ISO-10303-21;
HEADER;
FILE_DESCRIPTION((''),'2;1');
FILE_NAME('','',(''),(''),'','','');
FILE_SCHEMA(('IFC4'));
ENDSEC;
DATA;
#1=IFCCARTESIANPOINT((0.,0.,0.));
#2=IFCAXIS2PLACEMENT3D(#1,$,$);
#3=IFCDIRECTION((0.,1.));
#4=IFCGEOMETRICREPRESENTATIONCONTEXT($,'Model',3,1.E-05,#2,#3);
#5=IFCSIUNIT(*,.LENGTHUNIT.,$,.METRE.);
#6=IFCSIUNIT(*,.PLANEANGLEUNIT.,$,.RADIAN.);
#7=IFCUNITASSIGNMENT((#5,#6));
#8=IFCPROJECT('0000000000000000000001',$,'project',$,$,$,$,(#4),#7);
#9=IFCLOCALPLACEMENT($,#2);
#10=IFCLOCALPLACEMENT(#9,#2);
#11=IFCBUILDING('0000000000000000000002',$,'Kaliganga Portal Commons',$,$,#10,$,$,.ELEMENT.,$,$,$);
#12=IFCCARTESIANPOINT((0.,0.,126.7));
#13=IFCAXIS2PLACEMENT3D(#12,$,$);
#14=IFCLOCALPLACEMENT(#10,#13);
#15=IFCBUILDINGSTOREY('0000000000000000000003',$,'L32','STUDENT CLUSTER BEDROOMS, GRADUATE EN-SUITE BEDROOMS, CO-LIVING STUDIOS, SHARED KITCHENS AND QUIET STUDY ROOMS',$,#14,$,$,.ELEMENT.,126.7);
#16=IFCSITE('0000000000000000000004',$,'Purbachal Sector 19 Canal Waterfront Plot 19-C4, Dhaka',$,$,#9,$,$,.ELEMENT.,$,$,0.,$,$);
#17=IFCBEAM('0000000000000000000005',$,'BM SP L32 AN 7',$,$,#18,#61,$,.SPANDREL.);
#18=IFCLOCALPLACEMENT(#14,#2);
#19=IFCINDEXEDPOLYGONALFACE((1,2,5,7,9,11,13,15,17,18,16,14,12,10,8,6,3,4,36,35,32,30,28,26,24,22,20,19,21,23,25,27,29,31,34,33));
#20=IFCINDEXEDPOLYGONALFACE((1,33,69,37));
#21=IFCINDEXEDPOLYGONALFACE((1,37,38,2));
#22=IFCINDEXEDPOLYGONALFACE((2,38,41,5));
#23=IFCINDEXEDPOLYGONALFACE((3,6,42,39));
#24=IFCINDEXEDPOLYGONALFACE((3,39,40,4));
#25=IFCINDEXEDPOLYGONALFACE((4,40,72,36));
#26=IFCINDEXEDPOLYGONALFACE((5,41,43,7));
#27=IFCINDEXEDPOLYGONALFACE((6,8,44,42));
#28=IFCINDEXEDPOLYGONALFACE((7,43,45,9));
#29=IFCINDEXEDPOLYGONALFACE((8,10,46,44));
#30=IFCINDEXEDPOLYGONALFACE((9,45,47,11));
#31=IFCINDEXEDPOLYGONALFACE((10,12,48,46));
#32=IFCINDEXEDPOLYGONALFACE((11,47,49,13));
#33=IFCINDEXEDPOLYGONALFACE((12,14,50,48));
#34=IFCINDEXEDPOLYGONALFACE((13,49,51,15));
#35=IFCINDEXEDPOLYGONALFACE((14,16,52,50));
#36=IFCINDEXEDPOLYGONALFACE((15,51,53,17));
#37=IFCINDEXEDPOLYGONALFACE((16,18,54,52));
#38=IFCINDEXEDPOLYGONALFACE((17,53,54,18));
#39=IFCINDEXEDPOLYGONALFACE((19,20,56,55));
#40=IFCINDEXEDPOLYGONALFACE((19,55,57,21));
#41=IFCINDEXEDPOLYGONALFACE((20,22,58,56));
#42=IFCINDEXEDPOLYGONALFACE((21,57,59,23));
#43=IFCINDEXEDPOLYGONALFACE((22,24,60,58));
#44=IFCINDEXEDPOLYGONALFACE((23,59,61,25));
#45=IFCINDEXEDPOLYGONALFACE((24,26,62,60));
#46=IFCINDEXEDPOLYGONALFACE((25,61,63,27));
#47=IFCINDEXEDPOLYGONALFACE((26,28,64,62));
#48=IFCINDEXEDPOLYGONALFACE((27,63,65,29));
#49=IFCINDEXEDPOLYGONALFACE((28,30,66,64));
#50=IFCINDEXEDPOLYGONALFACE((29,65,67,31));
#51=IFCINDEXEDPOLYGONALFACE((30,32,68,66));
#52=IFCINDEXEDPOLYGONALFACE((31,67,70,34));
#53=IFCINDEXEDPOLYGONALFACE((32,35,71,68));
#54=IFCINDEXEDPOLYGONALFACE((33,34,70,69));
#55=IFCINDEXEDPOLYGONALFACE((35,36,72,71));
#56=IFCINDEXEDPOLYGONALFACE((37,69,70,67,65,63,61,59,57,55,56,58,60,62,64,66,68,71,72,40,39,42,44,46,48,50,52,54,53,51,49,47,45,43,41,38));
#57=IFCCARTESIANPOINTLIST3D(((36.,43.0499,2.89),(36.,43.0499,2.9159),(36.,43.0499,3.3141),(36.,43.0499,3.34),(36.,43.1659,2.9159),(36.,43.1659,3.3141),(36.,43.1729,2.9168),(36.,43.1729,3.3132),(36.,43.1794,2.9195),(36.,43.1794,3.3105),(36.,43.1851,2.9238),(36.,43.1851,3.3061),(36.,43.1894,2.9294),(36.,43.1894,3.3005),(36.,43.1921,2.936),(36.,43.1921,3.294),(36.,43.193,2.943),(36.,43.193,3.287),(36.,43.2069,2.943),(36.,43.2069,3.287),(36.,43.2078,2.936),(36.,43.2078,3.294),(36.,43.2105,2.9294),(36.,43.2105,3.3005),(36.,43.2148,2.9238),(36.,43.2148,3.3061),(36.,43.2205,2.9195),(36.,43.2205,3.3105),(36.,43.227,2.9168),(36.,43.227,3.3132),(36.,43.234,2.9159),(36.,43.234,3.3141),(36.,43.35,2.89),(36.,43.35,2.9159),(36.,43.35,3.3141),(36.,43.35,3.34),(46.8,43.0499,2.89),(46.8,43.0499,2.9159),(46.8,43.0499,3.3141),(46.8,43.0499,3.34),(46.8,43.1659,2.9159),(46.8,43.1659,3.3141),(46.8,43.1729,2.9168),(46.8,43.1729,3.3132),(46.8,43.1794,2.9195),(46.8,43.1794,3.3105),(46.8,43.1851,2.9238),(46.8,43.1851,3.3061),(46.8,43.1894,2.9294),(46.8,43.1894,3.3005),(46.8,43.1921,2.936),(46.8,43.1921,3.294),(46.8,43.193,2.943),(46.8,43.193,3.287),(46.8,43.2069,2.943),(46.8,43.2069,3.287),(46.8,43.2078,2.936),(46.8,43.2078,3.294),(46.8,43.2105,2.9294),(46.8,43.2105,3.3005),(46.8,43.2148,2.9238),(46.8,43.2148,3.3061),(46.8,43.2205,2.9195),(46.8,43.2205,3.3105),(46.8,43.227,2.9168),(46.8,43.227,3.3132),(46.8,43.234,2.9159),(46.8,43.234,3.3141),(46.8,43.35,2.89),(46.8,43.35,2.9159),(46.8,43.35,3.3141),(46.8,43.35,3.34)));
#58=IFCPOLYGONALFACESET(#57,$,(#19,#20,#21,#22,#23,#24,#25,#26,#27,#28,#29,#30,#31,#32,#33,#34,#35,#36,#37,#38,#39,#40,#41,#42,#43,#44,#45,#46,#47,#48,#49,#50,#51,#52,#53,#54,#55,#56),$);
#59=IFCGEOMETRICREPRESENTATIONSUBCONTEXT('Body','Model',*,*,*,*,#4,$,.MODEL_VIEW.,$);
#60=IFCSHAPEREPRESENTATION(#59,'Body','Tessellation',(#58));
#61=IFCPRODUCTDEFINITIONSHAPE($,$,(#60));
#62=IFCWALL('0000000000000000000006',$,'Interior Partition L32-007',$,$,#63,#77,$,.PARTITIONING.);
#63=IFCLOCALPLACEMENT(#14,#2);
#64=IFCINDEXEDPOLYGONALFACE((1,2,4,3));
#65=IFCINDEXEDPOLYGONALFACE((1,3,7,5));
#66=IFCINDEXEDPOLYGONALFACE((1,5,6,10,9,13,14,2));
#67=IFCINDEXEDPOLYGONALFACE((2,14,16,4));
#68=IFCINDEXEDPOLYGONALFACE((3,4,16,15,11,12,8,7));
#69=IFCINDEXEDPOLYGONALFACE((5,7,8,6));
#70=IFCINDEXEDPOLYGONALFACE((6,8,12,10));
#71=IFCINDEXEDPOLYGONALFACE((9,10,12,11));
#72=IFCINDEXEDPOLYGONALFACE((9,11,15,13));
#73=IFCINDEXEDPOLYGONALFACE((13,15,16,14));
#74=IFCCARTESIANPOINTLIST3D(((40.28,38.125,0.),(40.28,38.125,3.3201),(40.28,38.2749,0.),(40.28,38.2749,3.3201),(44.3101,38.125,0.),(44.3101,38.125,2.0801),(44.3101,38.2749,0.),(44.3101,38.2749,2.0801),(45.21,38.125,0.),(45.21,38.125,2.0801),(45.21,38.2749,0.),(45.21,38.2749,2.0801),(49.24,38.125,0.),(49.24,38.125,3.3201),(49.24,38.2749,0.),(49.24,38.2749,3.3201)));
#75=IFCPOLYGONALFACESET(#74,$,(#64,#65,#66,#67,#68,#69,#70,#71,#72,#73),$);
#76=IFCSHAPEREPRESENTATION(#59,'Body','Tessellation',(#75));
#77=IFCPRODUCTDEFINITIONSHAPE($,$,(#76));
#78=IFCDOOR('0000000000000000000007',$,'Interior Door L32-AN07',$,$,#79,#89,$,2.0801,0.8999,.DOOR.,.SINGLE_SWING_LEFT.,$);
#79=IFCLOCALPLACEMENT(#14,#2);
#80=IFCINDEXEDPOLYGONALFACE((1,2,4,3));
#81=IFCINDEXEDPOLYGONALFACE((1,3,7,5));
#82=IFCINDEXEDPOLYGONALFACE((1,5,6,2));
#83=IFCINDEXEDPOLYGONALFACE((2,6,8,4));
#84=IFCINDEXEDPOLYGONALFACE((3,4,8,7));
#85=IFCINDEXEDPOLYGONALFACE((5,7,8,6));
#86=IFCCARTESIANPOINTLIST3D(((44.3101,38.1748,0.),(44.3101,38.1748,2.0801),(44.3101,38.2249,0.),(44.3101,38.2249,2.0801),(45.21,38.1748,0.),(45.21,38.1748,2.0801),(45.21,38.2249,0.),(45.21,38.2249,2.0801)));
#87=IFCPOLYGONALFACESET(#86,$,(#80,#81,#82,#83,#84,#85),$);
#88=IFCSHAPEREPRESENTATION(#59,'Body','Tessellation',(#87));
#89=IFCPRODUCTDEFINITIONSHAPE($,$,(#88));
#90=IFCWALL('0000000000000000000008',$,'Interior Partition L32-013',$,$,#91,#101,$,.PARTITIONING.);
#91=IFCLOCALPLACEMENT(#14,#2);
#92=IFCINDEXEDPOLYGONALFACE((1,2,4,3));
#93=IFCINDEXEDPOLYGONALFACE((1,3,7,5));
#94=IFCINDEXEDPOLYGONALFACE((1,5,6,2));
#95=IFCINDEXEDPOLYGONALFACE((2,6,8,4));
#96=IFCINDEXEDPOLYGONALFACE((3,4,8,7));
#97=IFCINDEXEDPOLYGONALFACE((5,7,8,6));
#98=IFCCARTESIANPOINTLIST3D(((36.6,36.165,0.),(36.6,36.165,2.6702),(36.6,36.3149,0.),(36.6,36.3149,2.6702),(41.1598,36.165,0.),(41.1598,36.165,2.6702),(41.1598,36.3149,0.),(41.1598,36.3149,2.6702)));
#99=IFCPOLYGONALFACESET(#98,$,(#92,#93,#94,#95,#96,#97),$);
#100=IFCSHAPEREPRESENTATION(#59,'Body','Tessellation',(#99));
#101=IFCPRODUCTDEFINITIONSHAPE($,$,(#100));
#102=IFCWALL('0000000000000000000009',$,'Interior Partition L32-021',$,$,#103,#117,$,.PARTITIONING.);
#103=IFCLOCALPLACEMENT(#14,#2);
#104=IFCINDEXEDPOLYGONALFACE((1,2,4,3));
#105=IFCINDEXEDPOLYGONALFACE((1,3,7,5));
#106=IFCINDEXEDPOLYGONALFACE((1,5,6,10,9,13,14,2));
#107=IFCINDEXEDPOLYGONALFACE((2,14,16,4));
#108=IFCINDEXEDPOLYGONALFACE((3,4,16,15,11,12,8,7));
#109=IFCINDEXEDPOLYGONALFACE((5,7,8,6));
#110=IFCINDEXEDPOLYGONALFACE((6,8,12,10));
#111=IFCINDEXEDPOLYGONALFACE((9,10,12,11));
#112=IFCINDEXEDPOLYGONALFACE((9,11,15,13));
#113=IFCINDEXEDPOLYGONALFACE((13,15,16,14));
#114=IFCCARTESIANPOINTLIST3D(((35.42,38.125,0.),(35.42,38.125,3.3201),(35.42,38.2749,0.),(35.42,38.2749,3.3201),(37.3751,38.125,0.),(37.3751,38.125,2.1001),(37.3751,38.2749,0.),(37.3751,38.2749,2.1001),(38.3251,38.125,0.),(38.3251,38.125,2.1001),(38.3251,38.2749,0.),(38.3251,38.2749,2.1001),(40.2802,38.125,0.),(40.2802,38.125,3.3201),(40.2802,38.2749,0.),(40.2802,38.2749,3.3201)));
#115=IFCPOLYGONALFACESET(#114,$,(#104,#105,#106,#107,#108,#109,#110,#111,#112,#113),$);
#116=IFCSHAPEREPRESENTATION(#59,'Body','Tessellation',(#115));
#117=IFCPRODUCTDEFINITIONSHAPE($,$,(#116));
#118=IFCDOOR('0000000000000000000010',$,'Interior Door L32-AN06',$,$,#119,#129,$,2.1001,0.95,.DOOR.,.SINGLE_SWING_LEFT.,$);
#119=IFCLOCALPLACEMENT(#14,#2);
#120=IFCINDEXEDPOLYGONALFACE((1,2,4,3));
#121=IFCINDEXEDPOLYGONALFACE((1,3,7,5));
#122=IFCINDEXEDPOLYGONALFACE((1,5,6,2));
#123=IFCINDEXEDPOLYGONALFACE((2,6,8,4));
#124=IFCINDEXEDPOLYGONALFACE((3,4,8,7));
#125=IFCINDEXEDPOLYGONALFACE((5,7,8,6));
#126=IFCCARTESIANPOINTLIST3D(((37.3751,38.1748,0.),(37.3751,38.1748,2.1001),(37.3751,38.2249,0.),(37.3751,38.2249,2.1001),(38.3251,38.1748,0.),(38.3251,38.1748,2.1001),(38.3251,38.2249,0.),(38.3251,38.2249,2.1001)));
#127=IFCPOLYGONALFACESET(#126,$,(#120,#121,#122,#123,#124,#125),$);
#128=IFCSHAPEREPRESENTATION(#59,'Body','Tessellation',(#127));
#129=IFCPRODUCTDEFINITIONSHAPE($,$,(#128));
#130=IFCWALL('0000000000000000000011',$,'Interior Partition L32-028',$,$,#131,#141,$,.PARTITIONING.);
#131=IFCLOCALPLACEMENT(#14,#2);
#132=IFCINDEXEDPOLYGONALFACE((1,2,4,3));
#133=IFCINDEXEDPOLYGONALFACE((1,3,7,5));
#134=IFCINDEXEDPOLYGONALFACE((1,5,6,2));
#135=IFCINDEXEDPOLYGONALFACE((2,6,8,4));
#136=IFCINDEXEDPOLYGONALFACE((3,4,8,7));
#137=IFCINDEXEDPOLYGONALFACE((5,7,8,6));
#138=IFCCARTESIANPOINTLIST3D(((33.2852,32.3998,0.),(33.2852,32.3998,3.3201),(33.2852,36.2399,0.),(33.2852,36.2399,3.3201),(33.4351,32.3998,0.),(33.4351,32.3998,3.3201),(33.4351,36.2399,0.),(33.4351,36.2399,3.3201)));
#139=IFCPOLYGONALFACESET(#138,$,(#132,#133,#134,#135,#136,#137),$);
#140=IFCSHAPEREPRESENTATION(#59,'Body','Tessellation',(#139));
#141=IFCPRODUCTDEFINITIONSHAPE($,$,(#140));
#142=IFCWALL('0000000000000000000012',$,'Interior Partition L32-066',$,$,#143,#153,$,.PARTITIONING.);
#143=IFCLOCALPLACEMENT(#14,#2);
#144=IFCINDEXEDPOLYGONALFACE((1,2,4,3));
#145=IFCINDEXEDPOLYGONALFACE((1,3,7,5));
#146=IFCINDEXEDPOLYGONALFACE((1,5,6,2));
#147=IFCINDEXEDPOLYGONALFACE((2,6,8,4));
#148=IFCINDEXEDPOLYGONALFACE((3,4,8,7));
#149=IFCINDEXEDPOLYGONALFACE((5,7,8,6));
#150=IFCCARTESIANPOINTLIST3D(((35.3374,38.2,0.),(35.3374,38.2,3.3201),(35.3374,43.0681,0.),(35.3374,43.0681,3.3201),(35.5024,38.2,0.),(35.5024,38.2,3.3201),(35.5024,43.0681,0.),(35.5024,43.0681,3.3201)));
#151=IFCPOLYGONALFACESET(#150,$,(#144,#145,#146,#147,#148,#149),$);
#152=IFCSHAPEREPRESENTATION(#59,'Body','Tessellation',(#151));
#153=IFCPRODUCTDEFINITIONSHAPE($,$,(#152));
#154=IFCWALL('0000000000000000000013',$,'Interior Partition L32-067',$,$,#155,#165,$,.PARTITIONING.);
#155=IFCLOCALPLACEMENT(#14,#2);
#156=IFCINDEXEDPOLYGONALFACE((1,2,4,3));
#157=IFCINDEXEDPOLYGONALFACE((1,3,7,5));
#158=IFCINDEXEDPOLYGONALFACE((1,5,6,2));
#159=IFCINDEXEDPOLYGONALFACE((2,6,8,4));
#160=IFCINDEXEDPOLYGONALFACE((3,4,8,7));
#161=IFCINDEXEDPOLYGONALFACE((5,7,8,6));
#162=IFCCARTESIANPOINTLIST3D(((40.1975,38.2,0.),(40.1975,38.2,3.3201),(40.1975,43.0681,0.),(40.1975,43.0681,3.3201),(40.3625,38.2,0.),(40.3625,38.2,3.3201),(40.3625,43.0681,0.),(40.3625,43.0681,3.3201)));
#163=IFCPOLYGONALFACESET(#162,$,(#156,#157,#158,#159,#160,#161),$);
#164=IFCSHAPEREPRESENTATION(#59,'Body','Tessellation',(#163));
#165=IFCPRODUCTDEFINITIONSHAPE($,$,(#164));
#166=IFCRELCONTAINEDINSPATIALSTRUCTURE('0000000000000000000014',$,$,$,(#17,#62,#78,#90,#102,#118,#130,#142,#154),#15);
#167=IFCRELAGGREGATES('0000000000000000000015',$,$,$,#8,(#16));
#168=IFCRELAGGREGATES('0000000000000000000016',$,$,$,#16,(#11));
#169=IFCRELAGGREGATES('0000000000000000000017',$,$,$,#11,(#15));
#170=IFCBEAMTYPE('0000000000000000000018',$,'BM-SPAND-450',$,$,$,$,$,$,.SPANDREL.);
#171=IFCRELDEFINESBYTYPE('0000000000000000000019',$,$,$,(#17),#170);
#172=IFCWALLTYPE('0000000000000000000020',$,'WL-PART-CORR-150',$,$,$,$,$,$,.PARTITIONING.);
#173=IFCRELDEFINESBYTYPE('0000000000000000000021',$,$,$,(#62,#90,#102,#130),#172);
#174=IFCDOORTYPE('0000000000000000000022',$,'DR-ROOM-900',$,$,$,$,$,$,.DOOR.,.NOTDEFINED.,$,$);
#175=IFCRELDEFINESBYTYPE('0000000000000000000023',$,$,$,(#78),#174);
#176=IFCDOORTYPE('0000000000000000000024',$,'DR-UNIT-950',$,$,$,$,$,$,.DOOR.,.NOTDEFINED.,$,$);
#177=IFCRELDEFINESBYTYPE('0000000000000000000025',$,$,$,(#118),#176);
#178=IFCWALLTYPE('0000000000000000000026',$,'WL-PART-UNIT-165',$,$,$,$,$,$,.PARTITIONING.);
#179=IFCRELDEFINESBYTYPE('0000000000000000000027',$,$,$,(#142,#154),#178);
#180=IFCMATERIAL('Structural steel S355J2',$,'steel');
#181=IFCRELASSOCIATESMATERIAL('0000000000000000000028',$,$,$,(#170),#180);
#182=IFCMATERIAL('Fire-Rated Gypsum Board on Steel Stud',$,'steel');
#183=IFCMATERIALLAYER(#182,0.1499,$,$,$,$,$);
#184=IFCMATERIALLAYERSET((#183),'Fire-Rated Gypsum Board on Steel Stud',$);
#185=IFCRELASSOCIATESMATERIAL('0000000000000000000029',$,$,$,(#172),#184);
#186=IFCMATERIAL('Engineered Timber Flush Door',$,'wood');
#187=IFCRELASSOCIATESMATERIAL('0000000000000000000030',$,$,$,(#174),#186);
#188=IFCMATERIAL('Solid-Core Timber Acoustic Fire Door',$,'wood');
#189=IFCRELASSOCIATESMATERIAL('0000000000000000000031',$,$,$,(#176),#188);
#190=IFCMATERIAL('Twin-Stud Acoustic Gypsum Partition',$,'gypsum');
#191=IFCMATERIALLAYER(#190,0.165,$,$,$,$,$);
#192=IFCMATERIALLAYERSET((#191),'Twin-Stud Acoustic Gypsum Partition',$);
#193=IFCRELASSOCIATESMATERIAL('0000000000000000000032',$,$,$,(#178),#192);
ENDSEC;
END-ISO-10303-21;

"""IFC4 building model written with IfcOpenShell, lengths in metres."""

from ifc_helpers import new_model, si_unit, direction, frame, frame_2d, origin, origin_2d, place, context, subcontext, project, spatial, rectangle, i_section, extrude, source, transform, mapped, material, layer, layer_set, material_profile, profile_set, type_object, element, fill, save


model = new_model("IFC4")

# Units and contexts
model_context = context("Model", 3, precision=1e-05, world=origin(), true_north=direction((0.0, 1.0)))
body_context = subcontext(model_context, "Body", "Model", "MODEL_VIEW")
ifc_project = project(units=[si_unit("LENGTHUNIT", "METRE"), si_unit("PLANEANGLEUNIT", "RADIAN")], contexts=[model_context])

# Site, building, storey
site_placement = place(None, origin())
site = spatial("IfcSite", under=ifc_project, at=site_placement, Name="Purbachal Sector 19 Canal Waterfront Plot 19-C4, Dhaka", CompositionType="ELEMENT", RefElevation=0.0)
building_placement = place(site_placement, origin())
building = spatial("IfcBuilding", under=site, at=building_placement, Name="Kaliganga Portal Commons", CompositionType="ELEMENT")
storey_placement = place(building_placement, frame((0.0, 0.0, 126.7)))
storey = spatial("IfcBuildingStorey", under=building, at=storey_placement, Name="L32", Description="STUDENT CLUSTER BEDROOMS, GRADUATE EN-SUITE BEDROOMS, CO-LIVING STUDIOS, SHARED KITCHENS AND QUIET STUDY ROOMS", CompositionType="ELEMENT", Elevation=126.7)

# Beam
ifc_material_1 = material(Name="Structural steel S355J2", Category="steel")
ifc_material_profile_1 = material_profile(ifc_material_1, i_section(OverallWidth=0.3, OverallDepth=0.45, WebThickness=0.0139, FlangeThickness=0.0259, FilletRadius=0.0271, at=origin_2d()), Name="HE 450 B")
ifc_profile_set_1 = profile_set([ifc_material_profile_1], Name="Structural steel S355J2 wide-flange")
beam_type_1 = type_object("IfcBeamType", Name="BM-SPAND-450", PredefinedType="SPANDREL", material=ifc_profile_set_1)
shared_shape_1 = source(origin(), body_context, "Body", "SweptSolid", [
    extrude(i_section(OverallWidth=0.3, OverallDepth=0.45, WebThickness=0.0139, FlangeThickness=0.0259, FilletRadius=0.0271, at=origin_2d()), origin(), (0.0, 0.0, 1.0), 10.8),
])
beam_1_placement = place(storey_placement, frame((36.0, 43.2, 3.115), z_axis=(1.0, 0.0, 0.0), x_axis=(0.0, 1.0, 0.0)))
element("IfcBeam", 1, at=beam_1_placement, inside=storey, type_object=beam_type_1, Name="BM SP L32 AN 7", PredefinedType="SPANDREL", context=body_context, shape_type="MappedRepresentation", body=[
    mapped(shared_shape_1, transform((0.0, 0.0, 0.0), x_axis=(1.0, 0.0, 0.0), y_axis=(0.0, 1.0, 0.0), z_axis=(0.0, 0.0, 1.0), scale=1.0)),
])

# Wall, opening, door
ifc_material_2 = material(Name="Fire-Rated Gypsum Board on Steel Stud", Category="steel")
ifc_layer_1 = layer(ifc_material_2, 0.1499)
ifc_layer_set_1 = layer_set([ifc_layer_1], Name="Fire-Rated Gypsum Board on Steel Stud")
wall_type_1 = type_object("IfcWallType", Name="WL-PART-CORR-150", PredefinedType="PARTITIONING", material=ifc_layer_set_1)
wall_1_placement = place(storey_placement, frame((40.28, 38.2, 0.0), z_axis=(0.0, 0.0, 1.0), x_axis=(1.0, 0.0, 0.0)))
wall_1 = element("IfcWall", 2, at=wall_1_placement, inside=storey, type_object=wall_type_1, Name="Interior Partition L32-007", PredefinedType="PARTITIONING", context=body_context, shape_type="SweptSolid", body=[
    extrude(rectangle(XDim=8.96, YDim=0.1499, at=frame_2d((4.48, 0.0))), origin(), (0.0, 0.0, 1.0), 3.3201),
])
opening_1_placement = place(wall_1_placement, frame((4.03, 0.0, 0.0)))
opening_1 = element("IfcOpeningElement", 3, at=opening_1_placement, cuts=wall_1, PredefinedType="OPENING", context=body_context, shape_type="SweptSolid", body=[
    extrude(rectangle(XDim=0.8999, YDim=2.0801, at=frame_2d((0.45, 1.04))), frame((0.0, 0.085, 0.0), z_axis=(0.0, -1.0, 0.0), x_axis=(1.0, 0.0, 0.0)), (0.0, 0.0, 1.0), 0.1699),
])
ifc_material_3 = material(Name="Engineered Timber Flush Door", Category="wood")
door_type_1 = type_object("IfcDoorType", Name="DR-ROOM-900", OperationType="NOTDEFINED", PredefinedType="DOOR", material=ifc_material_3)
door_1_placement = place(opening_1_placement, origin())
door_1 = element("IfcDoor", 4, at=door_1_placement, inside=storey, type_object=door_type_1, Name="Interior Door L32-AN07", OperationType="SINGLE_SWING_LEFT", OverallHeight=2.0801, OverallWidth=0.8999, PredefinedType="DOOR", context=body_context, shape_type="SweptSolid", body=[
    extrude(rectangle(XDim=0.8999, YDim=2.0801, at=frame_2d((0.45, 1.04))), frame((0.0, 0.0249, 0.0), z_axis=(0.0, -1.0, 0.0), x_axis=(1.0, 0.0, 0.0)), (0.0, 0.0, 1.0), 0.05),
])
fill(opening_1, door_1)

# Wall
wall_2_placement = place(storey_placement, frame((36.6001, 36.24, 0.0), z_axis=(0.0, 0.0, 1.0), x_axis=(1.0, 0.0, 0.0)))
element("IfcWall", 5, at=wall_2_placement, inside=storey, type_object=wall_type_1, Name="Interior Partition L32-013", PredefinedType="PARTITIONING", context=body_context, shape_type="SweptSolid", body=[
    extrude(rectangle(XDim=4.5598, YDim=0.1499, at=frame_2d((2.2798, 0.0))), origin(), (0.0, 0.0, 1.0), 2.6702),
])

# Wall, opening, door
wall_3_placement = place(storey_placement, frame((35.4199, 38.2, 0.0), z_axis=(0.0, 0.0, 1.0), x_axis=(1.0, 0.0, 0.0)))
wall_3 = element("IfcWall", 6, at=wall_3_placement, inside=storey, type_object=wall_type_1, Name="Interior Partition L32-021", PredefinedType="PARTITIONING", context=body_context, shape_type="SweptSolid", body=[
    extrude(rectangle(XDim=4.8601, YDim=0.1499, at=frame_2d((2.4302, 0.0))), origin(), (0.0, 0.0, 1.0), 3.3201),
])
opening_2_placement = place(wall_3_placement, frame((1.9551, 0.0, 0.0)))
opening_2 = element("IfcOpeningElement", 7, at=opening_2_placement, cuts=wall_3, PredefinedType="OPENING", context=body_context, shape_type="SweptSolid", body=[
    extrude(rectangle(XDim=0.95, YDim=2.1001, at=frame_2d((0.4751, 1.05))), frame((0.0, 0.085, 0.0), z_axis=(0.0, -1.0, 0.0), x_axis=(1.0, 0.0, 0.0)), (0.0, 0.0, 1.0), 0.1699),
])
ifc_material_4 = material(Name="Solid-Core Timber Acoustic Fire Door", Category="wood")
door_type_2 = type_object("IfcDoorType", Name="DR-UNIT-950", OperationType="NOTDEFINED", PredefinedType="DOOR", material=ifc_material_4)
door_2_placement = place(opening_2_placement, origin())
door_2 = element("IfcDoor", 8, at=door_2_placement, inside=storey, type_object=door_type_2, Name="Interior Door L32-AN06", OperationType="SINGLE_SWING_LEFT", OverallHeight=2.1001, OverallWidth=0.95, PredefinedType="DOOR", context=body_context, shape_type="SweptSolid", body=[
    extrude(rectangle(XDim=0.95, YDim=2.1001, at=frame_2d((0.4751, 1.05))), frame((0.0, 0.0249, 0.0), z_axis=(0.0, -1.0, 0.0), x_axis=(1.0, 0.0, 0.0)), (0.0, 0.0, 1.0), 0.05),
])
fill(opening_2, door_2)

# Walls
wall_4_placement = place(storey_placement, frame((33.3601, 32.3999, 0.0), z_axis=(0.0, 0.0, 1.0), x_axis=(0.0, 1.0, 0.0)))
element("IfcWall", 9, at=wall_4_placement, inside=storey, type_object=wall_type_1, Name="Interior Partition L32-028", PredefinedType="PARTITIONING", context=body_context, shape_type="SweptSolid", body=[
    extrude(rectangle(XDim=3.8401, YDim=0.1499, at=frame_2d((1.9199, 0.0))), origin(), (0.0, 0.0, 1.0), 3.3201),
])
ifc_material_5 = material(Name="Twin-Stud Acoustic Gypsum Partition", Category="gypsum")
ifc_layer_2 = layer(ifc_material_5, 0.165)
ifc_layer_set_2 = layer_set([ifc_layer_2], Name="Twin-Stud Acoustic Gypsum Partition")
wall_type_2 = type_object("IfcWallType", Name="WL-PART-UNIT-165", PredefinedType="PARTITIONING", material=ifc_layer_set_2)
for number, where, z_axis, x_axis, name in (
    (10, (35.4199, 38.2, 0.0), (0.0, 0.0, 1.0), (0.0, 1.0, 0.0), "Interior Partition L32-066"),
    (11, (40.28, 38.2, 0.0), (0.0, 0.0, 1.0), (0.0, 1.0, 0.0), "Interior Partition L32-067"),
):
    element("IfcWall", number, at=place(storey_placement, frame(where, z_axis=z_axis, x_axis=x_axis)), inside=storey, type_object=wall_type_2, Name=name, PredefinedType="PARTITIONING", context=body_context, shape_type="SweptSolid", body=[
        extrude(rectangle(XDim=4.8682, YDim=0.165, at=frame_2d((2.4341, 0.0))), origin(), (0.0, 0.0, 1.0), 3.3201),
    ])

save(model, "model.ifc")
